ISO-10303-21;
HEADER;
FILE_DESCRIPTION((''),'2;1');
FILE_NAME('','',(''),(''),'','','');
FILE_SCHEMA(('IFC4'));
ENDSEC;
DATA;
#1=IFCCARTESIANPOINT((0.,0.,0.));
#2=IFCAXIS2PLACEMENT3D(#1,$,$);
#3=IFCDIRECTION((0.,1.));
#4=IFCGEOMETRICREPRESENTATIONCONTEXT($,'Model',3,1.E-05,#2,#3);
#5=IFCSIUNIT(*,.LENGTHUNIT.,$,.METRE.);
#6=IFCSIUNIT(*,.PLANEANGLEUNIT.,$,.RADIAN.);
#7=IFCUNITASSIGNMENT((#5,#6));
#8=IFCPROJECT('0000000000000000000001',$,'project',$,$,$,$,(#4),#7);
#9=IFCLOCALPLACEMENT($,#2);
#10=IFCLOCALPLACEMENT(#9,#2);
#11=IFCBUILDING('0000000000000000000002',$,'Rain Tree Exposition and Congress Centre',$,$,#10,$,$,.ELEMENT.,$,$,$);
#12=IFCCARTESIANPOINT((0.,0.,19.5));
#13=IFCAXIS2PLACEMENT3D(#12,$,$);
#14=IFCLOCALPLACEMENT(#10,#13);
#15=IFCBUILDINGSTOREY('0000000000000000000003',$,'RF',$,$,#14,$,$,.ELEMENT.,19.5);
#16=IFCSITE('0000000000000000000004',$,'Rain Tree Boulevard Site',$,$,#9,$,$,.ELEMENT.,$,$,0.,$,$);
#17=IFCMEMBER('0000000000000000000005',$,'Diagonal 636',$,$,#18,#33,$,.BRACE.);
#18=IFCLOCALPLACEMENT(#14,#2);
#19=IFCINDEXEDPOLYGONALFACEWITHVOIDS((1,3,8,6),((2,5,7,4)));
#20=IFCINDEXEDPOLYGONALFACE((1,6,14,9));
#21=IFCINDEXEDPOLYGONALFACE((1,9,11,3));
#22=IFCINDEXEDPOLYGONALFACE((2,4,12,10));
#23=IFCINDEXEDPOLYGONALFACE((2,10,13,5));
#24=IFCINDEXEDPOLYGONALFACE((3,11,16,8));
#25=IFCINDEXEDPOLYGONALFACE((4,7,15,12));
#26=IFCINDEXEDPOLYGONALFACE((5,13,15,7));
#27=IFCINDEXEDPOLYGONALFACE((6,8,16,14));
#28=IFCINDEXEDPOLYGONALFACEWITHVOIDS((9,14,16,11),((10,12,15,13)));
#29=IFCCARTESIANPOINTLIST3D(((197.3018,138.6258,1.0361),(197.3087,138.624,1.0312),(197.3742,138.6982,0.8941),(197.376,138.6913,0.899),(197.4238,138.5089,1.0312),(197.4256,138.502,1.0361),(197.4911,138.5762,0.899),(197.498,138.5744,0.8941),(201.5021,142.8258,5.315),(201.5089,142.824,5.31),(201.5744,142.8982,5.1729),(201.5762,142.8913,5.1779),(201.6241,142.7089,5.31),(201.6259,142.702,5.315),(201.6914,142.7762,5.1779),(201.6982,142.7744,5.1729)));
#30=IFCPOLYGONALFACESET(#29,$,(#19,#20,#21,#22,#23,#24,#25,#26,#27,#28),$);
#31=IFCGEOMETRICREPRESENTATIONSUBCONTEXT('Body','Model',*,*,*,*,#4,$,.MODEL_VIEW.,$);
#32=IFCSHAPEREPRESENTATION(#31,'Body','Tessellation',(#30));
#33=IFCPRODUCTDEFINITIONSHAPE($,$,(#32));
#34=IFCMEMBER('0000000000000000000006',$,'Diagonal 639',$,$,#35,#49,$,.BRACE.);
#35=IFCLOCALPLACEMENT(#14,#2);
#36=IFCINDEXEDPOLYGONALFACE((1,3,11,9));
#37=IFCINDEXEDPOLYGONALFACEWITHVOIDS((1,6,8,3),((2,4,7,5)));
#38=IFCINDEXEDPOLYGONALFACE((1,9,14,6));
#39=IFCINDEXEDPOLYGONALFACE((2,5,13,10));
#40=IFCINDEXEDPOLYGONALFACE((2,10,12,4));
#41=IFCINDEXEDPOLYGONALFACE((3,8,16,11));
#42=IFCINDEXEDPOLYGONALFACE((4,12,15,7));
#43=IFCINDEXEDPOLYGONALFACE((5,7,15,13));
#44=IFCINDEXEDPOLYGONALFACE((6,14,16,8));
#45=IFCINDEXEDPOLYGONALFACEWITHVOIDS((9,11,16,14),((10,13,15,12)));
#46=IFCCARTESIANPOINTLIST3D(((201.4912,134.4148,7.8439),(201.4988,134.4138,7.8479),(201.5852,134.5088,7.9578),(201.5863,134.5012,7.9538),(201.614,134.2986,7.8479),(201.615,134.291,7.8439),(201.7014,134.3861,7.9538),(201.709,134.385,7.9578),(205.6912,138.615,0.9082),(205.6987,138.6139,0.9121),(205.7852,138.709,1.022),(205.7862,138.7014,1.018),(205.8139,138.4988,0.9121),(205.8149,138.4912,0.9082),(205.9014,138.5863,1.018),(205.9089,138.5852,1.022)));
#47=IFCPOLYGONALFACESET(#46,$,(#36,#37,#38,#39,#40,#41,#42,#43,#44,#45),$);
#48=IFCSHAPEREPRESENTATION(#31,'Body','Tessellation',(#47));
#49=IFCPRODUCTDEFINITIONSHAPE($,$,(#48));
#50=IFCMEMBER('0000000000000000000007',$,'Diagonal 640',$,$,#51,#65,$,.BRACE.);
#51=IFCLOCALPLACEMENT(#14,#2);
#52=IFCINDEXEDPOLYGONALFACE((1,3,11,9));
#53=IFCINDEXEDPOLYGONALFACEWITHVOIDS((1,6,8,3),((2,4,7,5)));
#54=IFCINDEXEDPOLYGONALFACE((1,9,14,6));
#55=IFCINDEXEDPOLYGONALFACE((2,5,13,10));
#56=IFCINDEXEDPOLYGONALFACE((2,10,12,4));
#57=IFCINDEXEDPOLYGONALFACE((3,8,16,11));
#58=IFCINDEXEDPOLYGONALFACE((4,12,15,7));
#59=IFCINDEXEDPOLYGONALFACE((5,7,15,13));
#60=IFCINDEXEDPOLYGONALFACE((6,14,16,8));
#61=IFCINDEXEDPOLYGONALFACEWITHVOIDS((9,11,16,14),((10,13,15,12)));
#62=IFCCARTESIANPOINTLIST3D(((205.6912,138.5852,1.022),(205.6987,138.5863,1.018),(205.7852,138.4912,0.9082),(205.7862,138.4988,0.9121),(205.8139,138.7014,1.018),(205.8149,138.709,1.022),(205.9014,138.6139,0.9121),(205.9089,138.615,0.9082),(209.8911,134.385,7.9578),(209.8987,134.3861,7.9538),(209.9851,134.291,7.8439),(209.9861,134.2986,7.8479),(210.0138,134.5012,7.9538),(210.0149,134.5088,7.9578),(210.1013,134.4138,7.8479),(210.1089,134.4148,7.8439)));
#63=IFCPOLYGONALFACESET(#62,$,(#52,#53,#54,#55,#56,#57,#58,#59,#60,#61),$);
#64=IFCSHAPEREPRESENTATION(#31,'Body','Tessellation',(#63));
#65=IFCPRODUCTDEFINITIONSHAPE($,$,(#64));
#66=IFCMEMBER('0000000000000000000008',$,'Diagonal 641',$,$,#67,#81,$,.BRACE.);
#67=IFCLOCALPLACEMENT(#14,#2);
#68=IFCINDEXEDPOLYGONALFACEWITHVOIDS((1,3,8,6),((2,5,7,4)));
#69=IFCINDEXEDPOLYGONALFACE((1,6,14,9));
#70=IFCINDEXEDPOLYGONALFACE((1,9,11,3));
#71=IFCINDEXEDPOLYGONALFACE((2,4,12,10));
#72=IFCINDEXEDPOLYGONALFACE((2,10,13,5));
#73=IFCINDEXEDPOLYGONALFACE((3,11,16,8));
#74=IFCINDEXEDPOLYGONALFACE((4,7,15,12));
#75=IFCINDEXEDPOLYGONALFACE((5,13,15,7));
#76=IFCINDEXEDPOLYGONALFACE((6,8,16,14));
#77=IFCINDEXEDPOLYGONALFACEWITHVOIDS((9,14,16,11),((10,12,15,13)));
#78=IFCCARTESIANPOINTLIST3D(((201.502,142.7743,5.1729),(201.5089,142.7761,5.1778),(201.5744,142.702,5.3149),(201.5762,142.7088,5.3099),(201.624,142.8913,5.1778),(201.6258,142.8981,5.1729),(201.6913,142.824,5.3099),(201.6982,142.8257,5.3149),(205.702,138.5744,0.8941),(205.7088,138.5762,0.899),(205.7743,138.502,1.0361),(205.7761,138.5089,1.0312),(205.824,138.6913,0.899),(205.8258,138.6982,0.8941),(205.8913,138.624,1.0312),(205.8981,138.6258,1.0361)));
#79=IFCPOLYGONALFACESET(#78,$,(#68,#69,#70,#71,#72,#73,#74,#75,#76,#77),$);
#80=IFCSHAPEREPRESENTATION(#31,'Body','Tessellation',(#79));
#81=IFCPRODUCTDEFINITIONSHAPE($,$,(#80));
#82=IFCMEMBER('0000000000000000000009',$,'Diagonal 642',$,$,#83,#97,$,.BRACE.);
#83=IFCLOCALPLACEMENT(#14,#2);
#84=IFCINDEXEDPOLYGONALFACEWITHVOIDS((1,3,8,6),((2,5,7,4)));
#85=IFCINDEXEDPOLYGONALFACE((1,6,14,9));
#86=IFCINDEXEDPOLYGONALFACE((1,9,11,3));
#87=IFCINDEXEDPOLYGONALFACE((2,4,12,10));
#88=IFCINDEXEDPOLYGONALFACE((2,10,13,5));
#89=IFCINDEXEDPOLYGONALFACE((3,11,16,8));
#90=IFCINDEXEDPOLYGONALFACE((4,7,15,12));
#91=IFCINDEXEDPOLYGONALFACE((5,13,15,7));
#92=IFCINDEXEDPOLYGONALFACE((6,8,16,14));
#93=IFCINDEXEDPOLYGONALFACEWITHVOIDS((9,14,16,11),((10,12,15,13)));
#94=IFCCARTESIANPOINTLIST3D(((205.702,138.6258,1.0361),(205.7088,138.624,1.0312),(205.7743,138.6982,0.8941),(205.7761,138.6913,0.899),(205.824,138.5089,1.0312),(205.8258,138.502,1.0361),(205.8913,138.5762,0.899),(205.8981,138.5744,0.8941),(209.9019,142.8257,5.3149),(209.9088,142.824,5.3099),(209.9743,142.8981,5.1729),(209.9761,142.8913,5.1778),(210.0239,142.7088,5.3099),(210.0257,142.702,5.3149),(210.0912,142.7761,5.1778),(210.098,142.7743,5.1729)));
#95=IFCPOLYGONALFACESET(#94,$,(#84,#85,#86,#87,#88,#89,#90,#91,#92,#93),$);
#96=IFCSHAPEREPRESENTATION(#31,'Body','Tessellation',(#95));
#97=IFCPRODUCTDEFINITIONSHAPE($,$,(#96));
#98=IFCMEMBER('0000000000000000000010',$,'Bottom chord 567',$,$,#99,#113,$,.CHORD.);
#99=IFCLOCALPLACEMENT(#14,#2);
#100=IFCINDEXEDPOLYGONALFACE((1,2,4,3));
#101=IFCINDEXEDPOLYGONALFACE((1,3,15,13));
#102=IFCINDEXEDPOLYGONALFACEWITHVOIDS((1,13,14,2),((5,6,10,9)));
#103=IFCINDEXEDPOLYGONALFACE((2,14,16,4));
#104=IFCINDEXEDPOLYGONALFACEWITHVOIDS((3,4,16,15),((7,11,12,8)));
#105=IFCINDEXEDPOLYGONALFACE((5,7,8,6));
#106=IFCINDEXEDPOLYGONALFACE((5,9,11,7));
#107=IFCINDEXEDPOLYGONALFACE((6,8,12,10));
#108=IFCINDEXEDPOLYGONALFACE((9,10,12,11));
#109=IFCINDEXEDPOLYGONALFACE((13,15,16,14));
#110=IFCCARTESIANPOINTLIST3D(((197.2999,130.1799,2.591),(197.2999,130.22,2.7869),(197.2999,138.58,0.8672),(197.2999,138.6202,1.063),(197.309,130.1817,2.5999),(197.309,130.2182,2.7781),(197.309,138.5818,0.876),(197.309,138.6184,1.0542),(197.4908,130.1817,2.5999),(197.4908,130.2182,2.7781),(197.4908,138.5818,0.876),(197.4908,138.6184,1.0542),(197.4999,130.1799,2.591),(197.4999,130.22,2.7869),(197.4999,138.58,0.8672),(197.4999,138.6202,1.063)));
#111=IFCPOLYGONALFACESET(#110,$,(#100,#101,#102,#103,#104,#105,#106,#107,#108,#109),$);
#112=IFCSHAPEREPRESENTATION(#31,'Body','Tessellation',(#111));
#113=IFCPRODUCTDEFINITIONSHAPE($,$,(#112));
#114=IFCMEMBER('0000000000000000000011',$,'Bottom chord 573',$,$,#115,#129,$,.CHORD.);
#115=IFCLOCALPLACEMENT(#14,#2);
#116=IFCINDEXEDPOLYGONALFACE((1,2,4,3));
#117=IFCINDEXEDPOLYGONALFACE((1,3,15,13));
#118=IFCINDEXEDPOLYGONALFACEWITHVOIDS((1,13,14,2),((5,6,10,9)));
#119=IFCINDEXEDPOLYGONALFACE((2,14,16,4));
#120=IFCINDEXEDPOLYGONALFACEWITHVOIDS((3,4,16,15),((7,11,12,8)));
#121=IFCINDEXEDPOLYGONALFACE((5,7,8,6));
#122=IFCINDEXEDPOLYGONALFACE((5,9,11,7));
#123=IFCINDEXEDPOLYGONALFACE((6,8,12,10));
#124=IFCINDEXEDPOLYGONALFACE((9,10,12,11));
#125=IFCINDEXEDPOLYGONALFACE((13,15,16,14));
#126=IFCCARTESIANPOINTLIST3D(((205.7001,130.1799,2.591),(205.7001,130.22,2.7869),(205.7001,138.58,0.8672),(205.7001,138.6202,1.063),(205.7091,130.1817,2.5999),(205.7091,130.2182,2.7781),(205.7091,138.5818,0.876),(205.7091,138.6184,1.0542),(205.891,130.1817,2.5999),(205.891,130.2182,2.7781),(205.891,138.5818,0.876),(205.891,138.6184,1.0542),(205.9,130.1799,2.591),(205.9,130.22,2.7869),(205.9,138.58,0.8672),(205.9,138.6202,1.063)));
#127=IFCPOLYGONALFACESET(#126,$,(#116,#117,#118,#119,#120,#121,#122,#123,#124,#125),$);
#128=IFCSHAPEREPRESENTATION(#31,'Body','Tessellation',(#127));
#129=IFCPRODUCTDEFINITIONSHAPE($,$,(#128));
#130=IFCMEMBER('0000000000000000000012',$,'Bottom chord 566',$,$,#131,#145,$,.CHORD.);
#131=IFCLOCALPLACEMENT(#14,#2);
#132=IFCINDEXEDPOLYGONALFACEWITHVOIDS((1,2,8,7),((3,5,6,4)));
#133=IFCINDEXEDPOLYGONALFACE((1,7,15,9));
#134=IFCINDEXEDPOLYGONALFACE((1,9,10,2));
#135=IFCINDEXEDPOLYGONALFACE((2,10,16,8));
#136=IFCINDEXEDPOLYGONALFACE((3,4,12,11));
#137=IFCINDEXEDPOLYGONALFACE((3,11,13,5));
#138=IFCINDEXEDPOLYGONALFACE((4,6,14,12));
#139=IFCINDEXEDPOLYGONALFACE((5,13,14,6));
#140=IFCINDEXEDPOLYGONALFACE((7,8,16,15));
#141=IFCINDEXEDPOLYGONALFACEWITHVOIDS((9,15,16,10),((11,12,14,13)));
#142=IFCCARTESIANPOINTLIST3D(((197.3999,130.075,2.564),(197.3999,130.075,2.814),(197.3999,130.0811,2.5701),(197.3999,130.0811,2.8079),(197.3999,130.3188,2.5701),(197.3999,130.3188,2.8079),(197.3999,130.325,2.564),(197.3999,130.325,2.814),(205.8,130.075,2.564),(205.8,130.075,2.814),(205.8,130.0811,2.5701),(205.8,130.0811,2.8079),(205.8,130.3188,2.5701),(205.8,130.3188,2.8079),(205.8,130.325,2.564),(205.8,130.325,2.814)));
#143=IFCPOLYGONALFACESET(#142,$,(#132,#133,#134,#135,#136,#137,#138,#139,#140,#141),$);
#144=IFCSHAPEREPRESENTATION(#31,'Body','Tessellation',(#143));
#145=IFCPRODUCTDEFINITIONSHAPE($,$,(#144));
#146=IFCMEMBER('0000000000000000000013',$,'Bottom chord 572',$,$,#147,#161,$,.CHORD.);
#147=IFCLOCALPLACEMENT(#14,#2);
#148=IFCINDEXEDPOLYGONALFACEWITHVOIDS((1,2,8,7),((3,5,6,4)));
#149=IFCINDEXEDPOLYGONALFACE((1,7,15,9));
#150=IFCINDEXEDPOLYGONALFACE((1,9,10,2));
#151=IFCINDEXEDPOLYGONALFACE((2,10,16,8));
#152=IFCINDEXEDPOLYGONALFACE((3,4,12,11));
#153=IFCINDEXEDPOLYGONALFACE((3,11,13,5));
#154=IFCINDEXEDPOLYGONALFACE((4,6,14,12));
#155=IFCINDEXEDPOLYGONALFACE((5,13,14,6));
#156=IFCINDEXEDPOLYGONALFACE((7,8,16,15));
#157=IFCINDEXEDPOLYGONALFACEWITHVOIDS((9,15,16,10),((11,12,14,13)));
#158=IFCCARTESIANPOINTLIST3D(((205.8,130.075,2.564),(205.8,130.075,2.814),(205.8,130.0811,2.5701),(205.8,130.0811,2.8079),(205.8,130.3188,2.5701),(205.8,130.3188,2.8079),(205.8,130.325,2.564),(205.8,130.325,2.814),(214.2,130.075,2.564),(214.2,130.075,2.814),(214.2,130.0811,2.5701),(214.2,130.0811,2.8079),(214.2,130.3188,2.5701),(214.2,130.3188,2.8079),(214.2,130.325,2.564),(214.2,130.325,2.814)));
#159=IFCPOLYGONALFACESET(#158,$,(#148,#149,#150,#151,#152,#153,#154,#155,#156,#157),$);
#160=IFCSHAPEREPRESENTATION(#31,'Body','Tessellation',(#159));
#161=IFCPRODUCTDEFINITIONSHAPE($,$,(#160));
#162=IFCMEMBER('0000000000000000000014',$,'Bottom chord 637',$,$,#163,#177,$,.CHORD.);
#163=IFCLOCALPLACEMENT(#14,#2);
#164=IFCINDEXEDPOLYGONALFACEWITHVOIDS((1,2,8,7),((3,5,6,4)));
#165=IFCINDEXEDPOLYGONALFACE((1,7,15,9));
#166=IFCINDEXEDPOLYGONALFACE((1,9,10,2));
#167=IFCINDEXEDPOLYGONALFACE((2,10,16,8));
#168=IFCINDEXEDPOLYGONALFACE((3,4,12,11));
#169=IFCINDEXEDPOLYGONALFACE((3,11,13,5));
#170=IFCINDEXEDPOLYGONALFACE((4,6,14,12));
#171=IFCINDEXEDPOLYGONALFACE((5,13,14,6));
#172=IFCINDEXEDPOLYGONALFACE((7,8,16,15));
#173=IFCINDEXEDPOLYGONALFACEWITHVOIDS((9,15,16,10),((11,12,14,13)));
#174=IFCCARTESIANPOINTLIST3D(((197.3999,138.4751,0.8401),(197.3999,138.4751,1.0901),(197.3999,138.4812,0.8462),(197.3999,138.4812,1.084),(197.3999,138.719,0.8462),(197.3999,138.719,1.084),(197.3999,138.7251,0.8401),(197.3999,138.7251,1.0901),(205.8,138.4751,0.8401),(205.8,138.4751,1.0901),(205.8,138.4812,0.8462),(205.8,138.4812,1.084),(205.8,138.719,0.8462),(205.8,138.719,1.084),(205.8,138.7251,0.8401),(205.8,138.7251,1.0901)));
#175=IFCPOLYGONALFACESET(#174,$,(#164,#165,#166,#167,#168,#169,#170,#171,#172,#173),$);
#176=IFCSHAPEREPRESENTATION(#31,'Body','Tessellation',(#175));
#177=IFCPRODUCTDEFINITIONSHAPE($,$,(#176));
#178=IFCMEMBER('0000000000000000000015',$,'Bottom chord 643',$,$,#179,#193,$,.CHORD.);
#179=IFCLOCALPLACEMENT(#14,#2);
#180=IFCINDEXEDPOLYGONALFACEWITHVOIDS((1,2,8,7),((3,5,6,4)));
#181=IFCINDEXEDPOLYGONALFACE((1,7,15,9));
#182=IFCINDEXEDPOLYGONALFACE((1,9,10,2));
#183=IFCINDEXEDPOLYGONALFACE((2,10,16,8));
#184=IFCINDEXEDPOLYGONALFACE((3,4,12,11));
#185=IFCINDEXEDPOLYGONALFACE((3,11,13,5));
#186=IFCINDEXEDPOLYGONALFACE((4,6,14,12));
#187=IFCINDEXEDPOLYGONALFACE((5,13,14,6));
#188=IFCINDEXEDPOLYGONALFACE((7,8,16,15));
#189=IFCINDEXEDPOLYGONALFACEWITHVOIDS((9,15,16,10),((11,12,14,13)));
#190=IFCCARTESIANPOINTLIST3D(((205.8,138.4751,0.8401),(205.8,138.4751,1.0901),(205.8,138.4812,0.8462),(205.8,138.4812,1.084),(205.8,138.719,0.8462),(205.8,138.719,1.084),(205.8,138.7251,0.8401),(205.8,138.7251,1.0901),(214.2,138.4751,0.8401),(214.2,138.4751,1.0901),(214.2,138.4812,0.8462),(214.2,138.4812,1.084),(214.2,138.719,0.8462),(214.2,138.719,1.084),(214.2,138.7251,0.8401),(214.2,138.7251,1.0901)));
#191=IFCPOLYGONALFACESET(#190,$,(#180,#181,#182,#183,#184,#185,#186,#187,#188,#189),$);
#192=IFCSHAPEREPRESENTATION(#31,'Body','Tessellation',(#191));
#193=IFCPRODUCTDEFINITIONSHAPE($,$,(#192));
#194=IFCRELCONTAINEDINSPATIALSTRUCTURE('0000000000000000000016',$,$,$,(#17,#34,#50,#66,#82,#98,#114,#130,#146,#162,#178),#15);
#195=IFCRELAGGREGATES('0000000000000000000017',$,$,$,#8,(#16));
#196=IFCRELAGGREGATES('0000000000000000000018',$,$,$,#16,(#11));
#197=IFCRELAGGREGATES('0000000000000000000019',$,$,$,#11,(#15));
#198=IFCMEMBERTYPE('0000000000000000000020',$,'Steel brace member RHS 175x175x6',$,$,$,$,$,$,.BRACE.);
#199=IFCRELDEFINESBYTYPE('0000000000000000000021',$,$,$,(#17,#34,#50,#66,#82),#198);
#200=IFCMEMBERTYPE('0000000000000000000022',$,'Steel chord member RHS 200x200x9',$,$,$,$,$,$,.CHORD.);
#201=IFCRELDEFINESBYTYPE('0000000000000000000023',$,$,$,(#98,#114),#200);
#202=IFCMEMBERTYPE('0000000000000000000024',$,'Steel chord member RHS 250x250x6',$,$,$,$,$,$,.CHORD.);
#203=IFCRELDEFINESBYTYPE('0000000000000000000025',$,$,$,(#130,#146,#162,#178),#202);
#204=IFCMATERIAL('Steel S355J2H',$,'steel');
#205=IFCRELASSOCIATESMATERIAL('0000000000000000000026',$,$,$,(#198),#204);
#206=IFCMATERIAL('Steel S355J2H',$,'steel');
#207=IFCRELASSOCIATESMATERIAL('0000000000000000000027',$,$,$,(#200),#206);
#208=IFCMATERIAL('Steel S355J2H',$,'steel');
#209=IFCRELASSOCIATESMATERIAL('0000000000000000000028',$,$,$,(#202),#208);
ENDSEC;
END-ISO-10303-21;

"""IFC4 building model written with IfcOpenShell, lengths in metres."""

from ifc_helpers import new_model, si_unit, direction, frame, origin, origin_2d, place, context, subcontext, project, spatial, hollow_rectangle, extrude, material, material_profile, profile_set, type_object, element, save


model = new_model("IFC4")

# Units and contexts
model_context = context("Model", 3, precision=1e-05, world=origin(), true_north=direction((0.0, 1.0)))
body_context = subcontext(model_context, "Body", "Model", "MODEL_VIEW")
ifc_project = project(units=[si_unit("LENGTHUNIT", "METRE"), si_unit("PLANEANGLEUNIT", "RADIAN")], contexts=[model_context])

# Site, building, storey
site_placement = place(None, origin())
site = spatial("IfcSite", under=ifc_project, at=site_placement, Name="Rain Tree Boulevard Site", CompositionType="ELEMENT", RefElevation=0.0)
building_placement = place(site_placement, origin())
building = spatial("IfcBuilding", under=site, at=building_placement, Name="Rain Tree Exposition and Congress Centre", CompositionType="ELEMENT")
storey_placement = place(building_placement, frame((0.0, 0.0, 19.5)))
storey = spatial("IfcBuildingStorey", under=building, at=storey_placement, Name="RF", CompositionType="ELEMENT", Elevation=19.5)

# Members
ifc_material_1 = material(Name="Steel S355J2H", Category="steel")
ifc_material_profile_1 = material_profile(ifc_material_1, hollow_rectangle(XDim=0.175, YDim=0.175, WallThickness=0.0061, at=origin_2d()), Name="RHS 175x175x6")
ifc_profile_set_1 = profile_set([ifc_material_profile_1], Name="Steel S355J2H")
member_type_1 = type_object("IfcMemberType", Name="Steel brace member RHS 175x175x6", PredefinedType="BRACE", material=ifc_profile_set_1)
member_1_placement = place(storey_placement, frame((197.3999, 138.6001, 0.9651), z_axis=(0.57376, 0.573726, 0.584498), x_axis=(-0.707086, 0.707127, 0.0)))
element("IfcMember", 1, at=member_1_placement, inside=storey, type_object=member_type_1, Name="Diagonal 636", PredefinedType="BRACE", context=body_context, shape_type="SweptSolid", body=[
    extrude(hollow_rectangle(XDim=0.175, YDim=0.175, WallThickness=0.0061, at=origin_2d()), origin(), (0.0, 0.0, 1.0), 7.3206),
])
for number, where, z_axis, x_axis, name in (
    (2, (205.8, 138.6001, 0.9651), (-0.459935, -0.459962, 0.759536), (0.707127, -0.707086, 0.0), "Diagonal 639"),
    (3, (205.8, 138.6001, 0.9651), (0.459935, -0.459962, 0.759536), (0.707127, 0.707086, 0.0), "Diagonal 640"),
):
    element("IfcMember", number, at=place(storey_placement, frame(where, z_axis=z_axis, x_axis=x_axis)), inside=storey, type_object=member_type_1, Name=name, PredefinedType="BRACE", context=body_context, shape_type="SweptSolid", body=[
        extrude(hollow_rectangle(XDim=0.175, YDim=0.175, WallThickness=0.0061, at=origin_2d()), origin(), (0.0, 0.0, 1.0), 9.1316),
    ])
for number, where, z_axis, x_axis, name in (
    (4, (205.8, 138.6001, 0.9651), (-0.573737, 0.573737, 0.58451), (-0.707107, -0.707107, 0.0), "Diagonal 641"),
    (5, (205.8, 138.6001, 0.9651), (0.573737, 0.573737, 0.58451), (-0.707107, 0.707107, 0.0), "Diagonal 642"),
):
    element("IfcMember", number, at=place(storey_placement, frame(where, z_axis=z_axis, x_axis=x_axis)), inside=storey, type_object=member_type_1, Name=name, PredefinedType="BRACE", context=body_context, shape_type="SweptSolid", body=[
        extrude(hollow_rectangle(XDim=0.175, YDim=0.175, WallThickness=0.0061, at=origin_2d()), origin(), (0.0, 0.0, 1.0), 7.3203),
    ])
ifc_material_2 = material(Name="Steel S355J2H", Category="steel")
ifc_material_profile_2 = material_profile(ifc_material_2, hollow_rectangle(XDim=0.2, YDim=0.2, WallThickness=0.009, at=origin_2d()), Name="RHS 200x200x9")
ifc_profile_set_2 = profile_set([ifc_material_profile_2], Name="Steel S355J2H")
member_type_2 = type_object("IfcMemberType", Name="Steel chord member RHS 200x200x9", PredefinedType="CHORD", material=ifc_profile_set_2)
for number, where, z_axis, x_axis, name in (
    (6, (197.3999, 130.2, 2.689), (0.0, 0.979585, -0.20103), (-1.0, 0.0, 0.0), "Bottom chord 567"),
    (7, (205.8, 130.2, 2.689), (0.0, 0.979585, -0.20103), (-1.0, 0.0, 0.0), "Bottom chord 573"),
):
    element("IfcMember", number, at=place(storey_placement, frame(where, z_axis=z_axis, x_axis=x_axis)), inside=storey, type_object=member_type_2, Name=name, PredefinedType="CHORD", context=body_context, shape_type="SweptSolid", body=[
        extrude(hollow_rectangle(XDim=0.2, YDim=0.2, WallThickness=0.009, at=origin_2d()), origin(), (0.0, 0.0, 1.0), 8.5752),
    ])
ifc_material_3 = material(Name="Steel S355J2H", Category="steel")
ifc_material_profile_3 = material_profile(ifc_material_3, hollow_rectangle(XDim=0.25, YDim=0.25, WallThickness=0.0061, at=origin_2d()), Name="RHS 250x250x6")
ifc_profile_set_3 = profile_set([ifc_material_profile_3], Name="Steel S355J2H")
member_type_3 = type_object("IfcMemberType", Name="Steel chord member RHS 250x250x6", PredefinedType="CHORD", material=ifc_profile_set_3)
member_2_placement = place(storey_placement, frame((197.3999, 130.2, 2.689), z_axis=(1.0, 0.0, 0.0), x_axis=(0.0, 1.0, 0.0)))
element("IfcMember", 8, at=member_2_placement, inside=storey, type_object=member_type_3, Name="Bottom chord 566", PredefinedType="CHORD", context=body_context, shape_type="SweptSolid", body=[
    extrude(hollow_rectangle(XDim=0.25, YDim=0.25, WallThickness=0.0061, at=origin_2d()), origin(), (0.0, 0.0, 1.0), 8.4001),
])
member_3_placement = place(storey_placement, frame((205.8, 130.2, 2.689), z_axis=(1.0, 0.0, 0.0), x_axis=(0.0, 1.0, 0.0)))
element("IfcMember", 9, at=member_3_placement, inside=storey, type_object=member_type_3, Name="Bottom chord 572", PredefinedType="CHORD", context=body_context, shape_type="SweptSolid", body=[
    extrude(hollow_rectangle(XDim=0.25, YDim=0.25, WallThickness=0.0061, at=origin_2d()), origin(), (0.0, 0.0, 1.0), 8.3999),
])
member_4_placement = place(storey_placement, frame((197.3999, 138.6001, 0.9651), z_axis=(1.0, 0.0, 0.0), x_axis=(0.0, 1.0, 0.0)))
element("IfcMember", 10, at=member_4_placement, inside=storey, type_object=member_type_3, Name="Bottom chord 637", PredefinedType="CHORD", context=body_context, shape_type="SweptSolid", body=[
    extrude(hollow_rectangle(XDim=0.25, YDim=0.25, WallThickness=0.0061, at=origin_2d()), origin(), (0.0, 0.0, 1.0), 8.4001),
])
member_5_placement = place(storey_placement, frame((205.8, 138.6001, 0.9651), z_axis=(1.0, 0.0, 0.0), x_axis=(0.0, 1.0, 0.0)))
element("IfcMember", 11, at=member_5_placement, inside=storey, type_object=member_type_3, Name="Bottom chord 643", PredefinedType="CHORD", context=body_context, shape_type="SweptSolid", body=[
    extrude(hollow_rectangle(XDim=0.25, YDim=0.25, WallThickness=0.0061, at=origin_2d()), origin(), (0.0, 0.0, 1.0), 8.3999),
])

save(model, "model.ifc")
